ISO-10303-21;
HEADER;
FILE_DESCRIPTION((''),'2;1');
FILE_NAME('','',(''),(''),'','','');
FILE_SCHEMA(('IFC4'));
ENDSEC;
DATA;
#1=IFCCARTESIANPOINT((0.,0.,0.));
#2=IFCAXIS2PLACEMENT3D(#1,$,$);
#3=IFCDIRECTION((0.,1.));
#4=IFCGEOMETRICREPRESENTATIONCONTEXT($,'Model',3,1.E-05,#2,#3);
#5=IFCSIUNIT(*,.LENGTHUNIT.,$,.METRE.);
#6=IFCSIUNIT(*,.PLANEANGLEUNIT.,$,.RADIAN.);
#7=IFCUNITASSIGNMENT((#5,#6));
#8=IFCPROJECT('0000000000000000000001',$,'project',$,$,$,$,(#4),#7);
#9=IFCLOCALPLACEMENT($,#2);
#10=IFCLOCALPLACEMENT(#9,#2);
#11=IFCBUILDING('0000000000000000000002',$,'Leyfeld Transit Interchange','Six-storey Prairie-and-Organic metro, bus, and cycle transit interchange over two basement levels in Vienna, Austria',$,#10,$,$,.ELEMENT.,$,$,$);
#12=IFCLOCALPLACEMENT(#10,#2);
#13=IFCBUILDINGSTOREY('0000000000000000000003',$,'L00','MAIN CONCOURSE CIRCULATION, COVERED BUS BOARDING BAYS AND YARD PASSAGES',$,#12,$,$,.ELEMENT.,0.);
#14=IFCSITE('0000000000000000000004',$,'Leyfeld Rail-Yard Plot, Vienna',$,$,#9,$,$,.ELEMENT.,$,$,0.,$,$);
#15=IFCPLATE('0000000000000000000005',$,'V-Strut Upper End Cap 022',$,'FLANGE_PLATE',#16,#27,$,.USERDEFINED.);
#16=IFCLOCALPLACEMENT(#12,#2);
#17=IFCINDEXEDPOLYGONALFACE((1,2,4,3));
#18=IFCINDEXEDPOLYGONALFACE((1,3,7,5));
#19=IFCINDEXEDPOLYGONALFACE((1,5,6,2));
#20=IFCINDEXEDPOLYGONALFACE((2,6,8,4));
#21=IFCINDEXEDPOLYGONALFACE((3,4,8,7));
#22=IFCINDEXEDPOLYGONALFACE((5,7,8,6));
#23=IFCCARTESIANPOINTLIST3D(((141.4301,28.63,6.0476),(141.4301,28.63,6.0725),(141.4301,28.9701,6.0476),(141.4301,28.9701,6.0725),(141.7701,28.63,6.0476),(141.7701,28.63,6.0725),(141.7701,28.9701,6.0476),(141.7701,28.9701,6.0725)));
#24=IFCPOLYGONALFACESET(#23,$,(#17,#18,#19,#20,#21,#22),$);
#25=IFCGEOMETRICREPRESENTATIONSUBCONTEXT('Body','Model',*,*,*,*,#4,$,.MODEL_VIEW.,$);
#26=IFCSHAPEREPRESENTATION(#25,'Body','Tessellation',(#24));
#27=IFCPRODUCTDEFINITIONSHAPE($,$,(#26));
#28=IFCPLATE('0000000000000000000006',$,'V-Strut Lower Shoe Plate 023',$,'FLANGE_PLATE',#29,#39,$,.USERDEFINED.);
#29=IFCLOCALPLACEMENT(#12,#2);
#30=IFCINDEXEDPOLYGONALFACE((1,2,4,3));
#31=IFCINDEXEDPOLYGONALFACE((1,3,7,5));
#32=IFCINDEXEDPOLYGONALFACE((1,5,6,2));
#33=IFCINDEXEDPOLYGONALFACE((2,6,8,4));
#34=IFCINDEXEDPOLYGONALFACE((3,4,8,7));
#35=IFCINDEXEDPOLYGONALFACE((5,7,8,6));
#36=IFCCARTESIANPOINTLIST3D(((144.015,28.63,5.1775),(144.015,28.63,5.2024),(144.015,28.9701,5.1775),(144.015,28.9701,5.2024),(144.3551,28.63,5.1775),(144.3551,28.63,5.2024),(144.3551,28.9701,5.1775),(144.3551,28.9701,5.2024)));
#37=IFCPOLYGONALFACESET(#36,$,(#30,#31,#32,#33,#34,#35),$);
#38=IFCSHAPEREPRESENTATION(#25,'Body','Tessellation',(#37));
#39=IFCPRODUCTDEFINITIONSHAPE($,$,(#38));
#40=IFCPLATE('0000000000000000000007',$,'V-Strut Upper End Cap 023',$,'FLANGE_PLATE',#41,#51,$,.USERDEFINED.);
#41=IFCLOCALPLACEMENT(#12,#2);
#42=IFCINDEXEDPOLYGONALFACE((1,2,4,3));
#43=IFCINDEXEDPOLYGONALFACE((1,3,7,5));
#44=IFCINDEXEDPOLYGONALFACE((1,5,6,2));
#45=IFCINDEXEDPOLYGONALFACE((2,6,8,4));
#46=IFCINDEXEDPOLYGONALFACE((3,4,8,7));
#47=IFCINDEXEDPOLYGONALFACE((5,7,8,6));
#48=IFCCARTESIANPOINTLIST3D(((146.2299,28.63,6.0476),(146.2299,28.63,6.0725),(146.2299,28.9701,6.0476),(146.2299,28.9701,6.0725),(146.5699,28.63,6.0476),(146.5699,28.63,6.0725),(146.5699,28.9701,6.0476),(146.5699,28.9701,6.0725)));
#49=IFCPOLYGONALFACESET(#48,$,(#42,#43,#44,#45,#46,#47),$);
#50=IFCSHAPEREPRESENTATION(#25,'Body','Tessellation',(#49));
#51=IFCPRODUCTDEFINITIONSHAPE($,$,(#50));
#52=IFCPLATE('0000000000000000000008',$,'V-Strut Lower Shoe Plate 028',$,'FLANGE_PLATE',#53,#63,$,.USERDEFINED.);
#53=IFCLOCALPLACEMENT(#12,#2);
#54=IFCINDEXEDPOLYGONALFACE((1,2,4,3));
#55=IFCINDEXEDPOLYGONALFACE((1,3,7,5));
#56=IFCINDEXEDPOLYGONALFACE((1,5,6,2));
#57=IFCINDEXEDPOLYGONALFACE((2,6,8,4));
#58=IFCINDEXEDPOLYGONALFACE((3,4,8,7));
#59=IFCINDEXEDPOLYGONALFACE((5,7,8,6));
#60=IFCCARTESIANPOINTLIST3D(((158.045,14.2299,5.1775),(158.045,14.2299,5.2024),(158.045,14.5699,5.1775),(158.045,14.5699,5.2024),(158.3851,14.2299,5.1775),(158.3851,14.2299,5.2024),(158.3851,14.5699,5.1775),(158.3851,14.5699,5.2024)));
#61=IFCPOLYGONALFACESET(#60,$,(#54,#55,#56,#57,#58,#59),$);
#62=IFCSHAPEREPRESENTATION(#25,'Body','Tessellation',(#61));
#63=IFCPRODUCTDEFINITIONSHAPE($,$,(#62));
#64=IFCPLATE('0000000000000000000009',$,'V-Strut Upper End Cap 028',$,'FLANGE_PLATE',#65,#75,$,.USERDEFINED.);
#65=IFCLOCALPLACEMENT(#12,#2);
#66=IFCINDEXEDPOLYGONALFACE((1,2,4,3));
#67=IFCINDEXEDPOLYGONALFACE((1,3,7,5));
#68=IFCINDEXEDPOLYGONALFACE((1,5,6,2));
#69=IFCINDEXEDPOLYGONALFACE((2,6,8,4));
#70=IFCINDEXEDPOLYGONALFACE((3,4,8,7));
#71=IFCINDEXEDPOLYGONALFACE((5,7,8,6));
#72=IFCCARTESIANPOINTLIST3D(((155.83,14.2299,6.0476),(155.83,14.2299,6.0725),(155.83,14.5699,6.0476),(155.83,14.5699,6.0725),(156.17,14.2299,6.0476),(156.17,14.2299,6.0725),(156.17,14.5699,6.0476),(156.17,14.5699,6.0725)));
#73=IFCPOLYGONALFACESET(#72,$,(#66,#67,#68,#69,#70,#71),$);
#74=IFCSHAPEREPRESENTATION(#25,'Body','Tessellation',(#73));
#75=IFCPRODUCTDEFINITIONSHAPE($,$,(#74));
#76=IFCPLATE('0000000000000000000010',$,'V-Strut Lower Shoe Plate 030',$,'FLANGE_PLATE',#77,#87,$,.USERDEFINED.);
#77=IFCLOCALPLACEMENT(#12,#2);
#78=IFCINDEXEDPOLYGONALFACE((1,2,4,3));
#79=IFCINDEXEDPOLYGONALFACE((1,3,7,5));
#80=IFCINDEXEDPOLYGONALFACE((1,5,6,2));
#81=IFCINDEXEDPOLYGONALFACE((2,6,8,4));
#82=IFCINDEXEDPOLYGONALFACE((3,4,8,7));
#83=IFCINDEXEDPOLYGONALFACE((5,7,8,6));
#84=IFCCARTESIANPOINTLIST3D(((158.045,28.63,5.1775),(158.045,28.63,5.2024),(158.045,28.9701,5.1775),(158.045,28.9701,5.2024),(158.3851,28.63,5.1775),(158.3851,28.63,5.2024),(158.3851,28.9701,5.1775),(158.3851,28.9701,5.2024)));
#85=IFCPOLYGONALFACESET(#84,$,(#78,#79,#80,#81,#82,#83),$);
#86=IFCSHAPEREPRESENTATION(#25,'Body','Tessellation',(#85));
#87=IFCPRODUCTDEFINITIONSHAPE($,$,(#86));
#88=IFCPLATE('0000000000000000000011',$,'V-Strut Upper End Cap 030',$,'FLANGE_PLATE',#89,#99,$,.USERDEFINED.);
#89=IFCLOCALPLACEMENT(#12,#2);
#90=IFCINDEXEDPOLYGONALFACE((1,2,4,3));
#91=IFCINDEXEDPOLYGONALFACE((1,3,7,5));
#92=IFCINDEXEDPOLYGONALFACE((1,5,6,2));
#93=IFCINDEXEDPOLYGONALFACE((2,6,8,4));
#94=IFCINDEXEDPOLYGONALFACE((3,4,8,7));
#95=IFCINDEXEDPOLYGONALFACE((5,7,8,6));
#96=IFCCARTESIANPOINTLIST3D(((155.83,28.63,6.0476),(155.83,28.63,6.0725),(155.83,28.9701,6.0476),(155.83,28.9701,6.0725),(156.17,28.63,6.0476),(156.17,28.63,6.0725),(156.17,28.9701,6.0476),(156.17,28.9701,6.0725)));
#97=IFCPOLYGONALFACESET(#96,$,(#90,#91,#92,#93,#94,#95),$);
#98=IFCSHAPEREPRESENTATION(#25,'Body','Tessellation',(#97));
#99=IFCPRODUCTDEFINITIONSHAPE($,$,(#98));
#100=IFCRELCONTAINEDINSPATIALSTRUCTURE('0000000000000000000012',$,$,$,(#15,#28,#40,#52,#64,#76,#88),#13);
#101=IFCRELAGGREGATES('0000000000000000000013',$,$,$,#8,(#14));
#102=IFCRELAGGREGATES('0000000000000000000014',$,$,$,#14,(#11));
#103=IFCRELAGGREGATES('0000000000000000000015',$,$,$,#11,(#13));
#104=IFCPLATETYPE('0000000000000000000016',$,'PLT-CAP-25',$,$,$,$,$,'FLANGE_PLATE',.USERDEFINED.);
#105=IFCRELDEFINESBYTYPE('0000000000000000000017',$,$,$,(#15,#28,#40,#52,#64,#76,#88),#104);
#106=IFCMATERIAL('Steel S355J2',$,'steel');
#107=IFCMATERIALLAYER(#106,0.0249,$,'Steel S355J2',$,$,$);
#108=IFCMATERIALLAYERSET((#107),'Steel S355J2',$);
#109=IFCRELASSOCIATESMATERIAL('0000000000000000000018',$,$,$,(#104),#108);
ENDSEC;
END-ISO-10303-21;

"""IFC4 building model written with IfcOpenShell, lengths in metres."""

from ifc_helpers import new_model, si_unit, direction, frame, origin, origin_2d, place, context, subcontext, project, spatial, rectangle, extrude, material, layer, layer_set, type_object, element, save


model = new_model("IFC4")

# Units and contexts
model_context = context("Model", 3, precision=1e-05, world=origin(), true_north=direction((0.0, 1.0)))
body_context = subcontext(model_context, "Body", "Model", "MODEL_VIEW")
ifc_project = project(units=[si_unit("LENGTHUNIT", "METRE"), si_unit("PLANEANGLEUNIT", "RADIAN")], contexts=[model_context])

# Site, building, storey
site_placement = place(None, origin())
site = spatial("IfcSite", under=ifc_project, at=site_placement, Name="Leyfeld Rail-Yard Plot, Vienna", CompositionType="ELEMENT", RefElevation=0.0)
building_placement = place(site_placement, origin())
building = spatial("IfcBuilding", under=site, at=building_placement, Name="Leyfeld Transit Interchange", Description="Six-storey Prairie-and-Organic metro, bus, and cycle transit interchange over two basement levels in Vienna, Austria", CompositionType="ELEMENT")
storey_placement = place(building_placement, origin())
storey = spatial("IfcBuildingStorey", under=building, at=storey_placement, Name="L00", Description="MAIN CONCOURSE CIRCULATION, COVERED BUS BOARDING BAYS AND YARD PASSAGES", CompositionType="ELEMENT", Elevation=0.0)

# Shared definitions
ifc_material = material(Name="Steel S355J2", Category="steel")

# Plates
ifc_layer_1 = layer(ifc_material, 0.0249, Name="Steel S355J2")
ifc_layer_set_1 = layer_set([ifc_layer_1], Name="Steel S355J2")
plate_type_1 = type_object("IfcPlateType", Name="PLT-CAP-25", ElementType="FLANGE_PLATE", PredefinedType="USERDEFINED", material=ifc_layer_set_1)
for number, where, z_axis, x_axis, name in (
    (1, (141.6001, 28.8, 6.0476), (0.0, 0.0, 1.0), (1.0, 0.0, 0.0), "V-Strut Upper End Cap 022"),
    (2, (144.1851, 28.8, 5.1775), (0.0, 0.0, 1.0), (1.0, 0.0, 0.0), "V-Strut Lower Shoe Plate 023"),
    (3, (146.3999, 28.8, 6.0476), (0.0, 0.0, 1.0), (1.0, 0.0, 0.0), "V-Strut Upper End Cap 023"),
    (4, (158.2151, 14.3999, 5.1775), (0.0, 0.0, 1.0), (1.0, 0.0, 0.0), "V-Strut Lower Shoe Plate 028"),
    (5, (156.0, 14.3999, 6.0476), (0.0, 0.0, 1.0), (1.0, 0.0, 0.0), "V-Strut Upper End Cap 028"),
    (6, (158.2151, 28.8, 5.1775), (0.0, 0.0, 1.0), (1.0, 0.0, 0.0), "V-Strut Lower Shoe Plate 030"),
    (7, (156.0, 28.8, 6.0476), (0.0, 0.0, 1.0), (1.0, 0.0, 0.0), "V-Strut Upper End Cap 030"),
):
    element("IfcPlate", number, at=place(storey_placement, frame(where, z_axis=z_axis, x_axis=x_axis)), inside=storey, type_object=plate_type_1, Name=name, ObjectType="FLANGE_PLATE", PredefinedType="USERDEFINED", context=body_context, shape_type="SweptSolid", body=[
        extrude(rectangle(XDim=0.3401, YDim=0.3401, at=origin_2d()), origin(), (0.0, 0.0, 1.0), 0.0249),
    ])

save(model, "model.ifc")
